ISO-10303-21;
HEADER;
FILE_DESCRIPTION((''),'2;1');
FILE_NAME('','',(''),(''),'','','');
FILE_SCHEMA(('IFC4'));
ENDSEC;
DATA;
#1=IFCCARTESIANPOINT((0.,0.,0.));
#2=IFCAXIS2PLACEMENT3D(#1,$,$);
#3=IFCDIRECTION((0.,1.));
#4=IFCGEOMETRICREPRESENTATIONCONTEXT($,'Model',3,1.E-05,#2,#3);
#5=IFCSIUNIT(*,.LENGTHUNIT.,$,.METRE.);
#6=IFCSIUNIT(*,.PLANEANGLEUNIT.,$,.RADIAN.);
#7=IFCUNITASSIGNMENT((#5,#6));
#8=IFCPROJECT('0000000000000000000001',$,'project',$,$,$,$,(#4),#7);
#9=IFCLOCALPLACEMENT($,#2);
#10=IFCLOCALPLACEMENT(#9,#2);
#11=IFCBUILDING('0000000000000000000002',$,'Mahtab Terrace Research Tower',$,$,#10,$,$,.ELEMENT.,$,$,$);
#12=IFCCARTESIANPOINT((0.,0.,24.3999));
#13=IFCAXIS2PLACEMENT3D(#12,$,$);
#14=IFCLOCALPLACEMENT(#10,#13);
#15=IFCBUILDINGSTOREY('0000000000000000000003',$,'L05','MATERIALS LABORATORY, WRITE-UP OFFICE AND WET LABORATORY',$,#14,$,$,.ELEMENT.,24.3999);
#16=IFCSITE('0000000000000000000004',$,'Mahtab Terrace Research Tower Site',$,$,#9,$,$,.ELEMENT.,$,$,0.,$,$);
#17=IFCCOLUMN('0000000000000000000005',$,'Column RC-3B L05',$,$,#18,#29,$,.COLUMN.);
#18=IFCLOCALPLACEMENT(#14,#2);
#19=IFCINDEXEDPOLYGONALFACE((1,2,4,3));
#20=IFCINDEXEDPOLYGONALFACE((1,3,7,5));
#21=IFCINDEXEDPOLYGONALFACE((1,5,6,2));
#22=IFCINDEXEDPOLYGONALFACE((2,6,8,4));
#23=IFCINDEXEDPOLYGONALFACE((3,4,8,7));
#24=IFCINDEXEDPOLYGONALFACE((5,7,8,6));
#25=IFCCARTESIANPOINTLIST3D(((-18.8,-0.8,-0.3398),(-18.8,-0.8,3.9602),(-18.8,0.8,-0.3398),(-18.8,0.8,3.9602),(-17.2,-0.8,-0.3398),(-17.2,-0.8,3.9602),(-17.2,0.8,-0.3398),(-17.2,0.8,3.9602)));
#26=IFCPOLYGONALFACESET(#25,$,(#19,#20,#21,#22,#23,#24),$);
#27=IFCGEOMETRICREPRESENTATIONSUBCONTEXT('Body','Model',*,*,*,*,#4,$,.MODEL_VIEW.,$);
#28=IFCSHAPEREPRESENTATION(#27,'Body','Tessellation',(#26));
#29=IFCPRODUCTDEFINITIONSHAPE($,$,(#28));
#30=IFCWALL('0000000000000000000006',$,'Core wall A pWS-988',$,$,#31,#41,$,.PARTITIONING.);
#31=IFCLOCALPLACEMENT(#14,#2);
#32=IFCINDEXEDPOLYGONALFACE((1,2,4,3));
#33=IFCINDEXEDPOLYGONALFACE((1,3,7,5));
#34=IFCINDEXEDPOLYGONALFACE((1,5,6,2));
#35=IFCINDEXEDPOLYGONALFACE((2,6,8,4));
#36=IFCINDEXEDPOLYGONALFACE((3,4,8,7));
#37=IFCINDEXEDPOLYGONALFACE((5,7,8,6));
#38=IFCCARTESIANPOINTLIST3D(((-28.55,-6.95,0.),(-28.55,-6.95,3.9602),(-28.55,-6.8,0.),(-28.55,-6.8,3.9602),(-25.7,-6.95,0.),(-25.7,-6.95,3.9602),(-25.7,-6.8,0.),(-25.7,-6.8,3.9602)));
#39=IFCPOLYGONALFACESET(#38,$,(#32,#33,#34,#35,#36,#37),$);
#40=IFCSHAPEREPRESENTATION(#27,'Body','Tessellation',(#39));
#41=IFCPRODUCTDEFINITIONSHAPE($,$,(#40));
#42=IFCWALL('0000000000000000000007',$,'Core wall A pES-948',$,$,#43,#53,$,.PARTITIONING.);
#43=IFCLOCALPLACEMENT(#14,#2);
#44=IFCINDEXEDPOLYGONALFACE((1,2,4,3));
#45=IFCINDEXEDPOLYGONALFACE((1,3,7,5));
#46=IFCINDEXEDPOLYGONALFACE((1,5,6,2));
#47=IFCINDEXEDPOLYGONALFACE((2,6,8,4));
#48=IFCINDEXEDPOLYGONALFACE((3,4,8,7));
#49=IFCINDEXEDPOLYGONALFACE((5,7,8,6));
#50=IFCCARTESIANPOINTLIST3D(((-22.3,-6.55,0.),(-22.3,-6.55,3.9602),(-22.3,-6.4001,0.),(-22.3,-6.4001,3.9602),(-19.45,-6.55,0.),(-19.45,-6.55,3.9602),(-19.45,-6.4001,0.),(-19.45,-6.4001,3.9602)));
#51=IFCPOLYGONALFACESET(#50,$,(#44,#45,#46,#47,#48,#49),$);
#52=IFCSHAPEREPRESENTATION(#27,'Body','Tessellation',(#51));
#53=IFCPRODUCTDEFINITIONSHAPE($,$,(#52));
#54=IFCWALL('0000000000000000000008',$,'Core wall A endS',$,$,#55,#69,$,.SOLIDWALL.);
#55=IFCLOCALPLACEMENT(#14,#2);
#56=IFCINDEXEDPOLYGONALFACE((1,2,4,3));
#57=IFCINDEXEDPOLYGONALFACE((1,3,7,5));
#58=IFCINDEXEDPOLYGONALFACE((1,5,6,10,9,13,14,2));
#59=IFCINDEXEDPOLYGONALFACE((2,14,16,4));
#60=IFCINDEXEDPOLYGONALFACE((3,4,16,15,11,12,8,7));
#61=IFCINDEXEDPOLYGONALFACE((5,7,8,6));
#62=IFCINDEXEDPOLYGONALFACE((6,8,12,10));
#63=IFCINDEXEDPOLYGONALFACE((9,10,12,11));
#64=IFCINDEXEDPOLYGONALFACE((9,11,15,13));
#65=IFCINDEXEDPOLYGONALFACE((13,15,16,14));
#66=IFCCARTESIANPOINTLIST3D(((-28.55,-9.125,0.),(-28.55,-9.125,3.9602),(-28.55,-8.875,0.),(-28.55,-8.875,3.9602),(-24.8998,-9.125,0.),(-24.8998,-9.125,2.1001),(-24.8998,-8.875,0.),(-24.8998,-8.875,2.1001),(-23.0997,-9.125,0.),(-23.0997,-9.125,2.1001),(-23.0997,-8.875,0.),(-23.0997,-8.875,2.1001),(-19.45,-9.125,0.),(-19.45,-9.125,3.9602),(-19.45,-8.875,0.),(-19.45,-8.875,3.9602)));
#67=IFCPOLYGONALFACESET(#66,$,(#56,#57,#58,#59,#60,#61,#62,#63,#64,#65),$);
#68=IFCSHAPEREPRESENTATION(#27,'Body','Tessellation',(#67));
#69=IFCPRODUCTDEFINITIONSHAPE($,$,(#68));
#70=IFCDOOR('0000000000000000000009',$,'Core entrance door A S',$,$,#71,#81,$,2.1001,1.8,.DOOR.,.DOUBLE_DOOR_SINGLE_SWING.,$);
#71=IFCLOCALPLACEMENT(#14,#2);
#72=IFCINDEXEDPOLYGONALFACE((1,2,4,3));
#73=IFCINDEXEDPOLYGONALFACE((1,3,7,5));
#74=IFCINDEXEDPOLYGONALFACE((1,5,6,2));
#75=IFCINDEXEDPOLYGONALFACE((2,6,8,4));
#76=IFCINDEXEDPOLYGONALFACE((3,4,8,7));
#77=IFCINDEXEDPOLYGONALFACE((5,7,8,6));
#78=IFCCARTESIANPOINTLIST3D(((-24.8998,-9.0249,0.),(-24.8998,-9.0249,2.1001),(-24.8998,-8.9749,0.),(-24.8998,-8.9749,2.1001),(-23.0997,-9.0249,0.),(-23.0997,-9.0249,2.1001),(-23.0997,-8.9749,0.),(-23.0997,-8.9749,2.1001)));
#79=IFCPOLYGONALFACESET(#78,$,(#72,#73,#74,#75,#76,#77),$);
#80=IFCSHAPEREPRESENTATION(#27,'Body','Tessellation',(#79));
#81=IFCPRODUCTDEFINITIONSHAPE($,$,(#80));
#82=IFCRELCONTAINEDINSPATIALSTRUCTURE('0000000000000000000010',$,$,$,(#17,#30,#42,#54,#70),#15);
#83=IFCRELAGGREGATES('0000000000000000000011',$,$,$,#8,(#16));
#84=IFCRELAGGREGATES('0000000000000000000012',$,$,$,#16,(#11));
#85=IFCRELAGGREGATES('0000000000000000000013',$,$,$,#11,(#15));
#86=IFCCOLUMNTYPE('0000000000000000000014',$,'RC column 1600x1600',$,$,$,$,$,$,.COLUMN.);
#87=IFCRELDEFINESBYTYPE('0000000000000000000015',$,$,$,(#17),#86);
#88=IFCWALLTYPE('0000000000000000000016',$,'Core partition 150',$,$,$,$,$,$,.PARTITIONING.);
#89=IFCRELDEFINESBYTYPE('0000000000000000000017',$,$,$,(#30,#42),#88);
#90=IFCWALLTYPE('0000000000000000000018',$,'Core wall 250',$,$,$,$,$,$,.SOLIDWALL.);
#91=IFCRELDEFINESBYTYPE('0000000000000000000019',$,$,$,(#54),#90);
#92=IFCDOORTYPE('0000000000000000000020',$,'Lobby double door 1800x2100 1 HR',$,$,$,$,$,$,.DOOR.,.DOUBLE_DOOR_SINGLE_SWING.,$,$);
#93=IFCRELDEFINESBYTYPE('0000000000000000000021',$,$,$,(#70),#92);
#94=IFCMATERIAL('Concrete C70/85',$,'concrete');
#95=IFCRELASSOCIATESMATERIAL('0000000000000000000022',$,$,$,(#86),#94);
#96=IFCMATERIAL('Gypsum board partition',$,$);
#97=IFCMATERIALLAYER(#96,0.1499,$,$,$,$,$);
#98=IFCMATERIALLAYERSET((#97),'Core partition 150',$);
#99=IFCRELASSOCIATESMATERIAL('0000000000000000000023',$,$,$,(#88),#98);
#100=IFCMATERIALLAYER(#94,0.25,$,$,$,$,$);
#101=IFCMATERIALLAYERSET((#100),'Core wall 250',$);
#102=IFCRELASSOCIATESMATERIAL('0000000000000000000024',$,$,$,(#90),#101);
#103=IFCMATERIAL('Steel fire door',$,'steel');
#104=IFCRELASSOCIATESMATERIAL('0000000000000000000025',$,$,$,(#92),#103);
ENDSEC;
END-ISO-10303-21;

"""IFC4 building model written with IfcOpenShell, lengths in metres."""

from ifc_helpers import new_model, si_unit, direction, frame, frame_2d, origin, origin_2d, place, context, subcontext, project, spatial, rectangle, extrude, material, layer, layer_set, material_profile, profile_set, type_object, element, fill, save


model = new_model("IFC4")

# Units and contexts
model_context = context("Model", 3, precision=1e-05, world=origin(), true_north=direction((0.0, 1.0)))
body_context = subcontext(model_context, "Body", "Model", "MODEL_VIEW")
ifc_project = project(units=[si_unit("LENGTHUNIT", "METRE"), si_unit("PLANEANGLEUNIT", "RADIAN")], contexts=[model_context])

# Site, building, storey
site_placement = place(None, origin())
site = spatial("IfcSite", under=ifc_project, at=site_placement, Name="Mahtab Terrace Research Tower Site", CompositionType="ELEMENT", RefElevation=0.0)
building_placement = place(site_placement, origin())
building = spatial("IfcBuilding", under=site, at=building_placement, Name="Mahtab Terrace Research Tower", CompositionType="ELEMENT")
storey_placement = place(building_placement, frame((0.0, 0.0, 24.3999)))
storey = spatial("IfcBuildingStorey", under=building, at=storey_placement, Name="L05", Description="MATERIALS LABORATORY, WRITE-UP OFFICE AND WET LABORATORY", CompositionType="ELEMENT", Elevation=24.3999)

# Column
ifc_material_1 = material(Name="Concrete C70/85", Category="concrete")
ifc_material_profile = material_profile(ifc_material_1, rectangle(XDim=1.6001, YDim=1.6001, at=origin_2d()), Name="RC column 1600x1600")
ifc_profile_set = profile_set([ifc_material_profile], Name="Concrete C70/85")
column_type = type_object("IfcColumnType", Name="RC column 1600x1600", PredefinedType="COLUMN", material=ifc_profile_set)
column_placement = place(storey_placement, frame((-18.0, 0.0, -0.3398), z_axis=(0.0, 0.0, 1.0), x_axis=(1.0, 0.0, 0.0)))
element("IfcColumn", 1, at=column_placement, inside=storey, type_object=column_type, Name="Column RC-3B L05", PredefinedType="COLUMN", context=body_context, shape_type="SweptSolid", body=[
    extrude(rectangle(XDim=1.6001, YDim=1.6001, at=origin_2d()), origin(), (0.0, 0.0, 1.0), 4.3),
])

# Walls
ifc_material_2 = material(Name="Gypsum board partition")
ifc_layer_1 = layer(ifc_material_2, 0.1499)
ifc_layer_set_1 = layer_set([ifc_layer_1], Name="Core partition 150")
wall_type_1 = type_object("IfcWallType", Name="Core partition 150", PredefinedType="PARTITIONING", material=ifc_layer_set_1)
for number, where, z_axis, x_axis, name in (
    (2, (-28.55, -6.875, 0.0), (0.0, 0.0, 1.0), (1.0, 0.0, 0.0), "Core wall A pWS-988"),
    (3, (-22.3, -6.4751, 0.0), (0.0, 0.0, 1.0), (1.0, 0.0, 0.0), "Core wall A pES-948"),
):
    element("IfcWall", number, at=place(storey_placement, frame(where, z_axis=z_axis, x_axis=x_axis)), inside=storey, type_object=wall_type_1, Name=name, PredefinedType="PARTITIONING", context=body_context, shape_type="SweptSolid", body=[
        extrude(rectangle(XDim=2.8501, YDim=0.1499, at=frame_2d((1.425, 0.0))), origin(), (0.0, 0.0, 1.0), 3.9602),
    ])

# Wall, opening, door
ifc_layer_2 = layer(ifc_material_1, 0.25)
ifc_layer_set_2 = layer_set([ifc_layer_2], Name="Core wall 250")
wall_type_2 = type_object("IfcWallType", Name="Core wall 250", PredefinedType="SOLIDWALL", material=ifc_layer_set_2)
wall_1_placement = place(storey_placement, frame((-19.45, -9.0, 0.0), z_axis=(0.0, 0.0, 1.0), x_axis=(-1.0, 0.0, 0.0)))
wall_1 = element("IfcWall", 4, at=wall_1_placement, inside=storey, type_object=wall_type_2, Name="Core wall A endS", PredefinedType="SOLIDWALL", context=body_context, shape_type="SweptSolid", body=[
    extrude(rectangle(XDim=9.1001, YDim=0.25, at=frame_2d((4.55, 0.0))), origin(), (0.0, 0.0, 1.0), 3.9602),
])
opening_1_placement = place(wall_1_placement, frame((3.6499, 0.0, 0.0)))
opening_1 = element("IfcOpeningElement", 5, at=opening_1_placement, cuts=wall_1, PredefinedType="OPENING", context=body_context, shape_type="SweptSolid", body=[
    extrude(rectangle(XDim=1.8, YDim=2.1001, at=frame_2d((0.8999, 1.05))), frame((0.0, 0.135, 0.0), z_axis=(0.0, -1.0, 0.0), x_axis=(1.0, 0.0, 0.0)), (0.0, 0.0, 1.0), 0.27),
])
ifc_material_3 = material(Name="Steel fire door", Category="steel")
door_type_1 = type_object("IfcDoorType", Name="Lobby double door 1800x2100 1 HR", OperationType="DOUBLE_DOOR_SINGLE_SWING", PredefinedType="DOOR", material=ifc_material_3)
door_1_placement = place(opening_1_placement, origin())
door_1 = element("IfcDoor", 6, at=door_1_placement, inside=storey, type_object=door_type_1, Name="Core entrance door A S", OperationType="DOUBLE_DOOR_SINGLE_SWING", OverallHeight=2.1001, OverallWidth=1.8, PredefinedType="DOOR", context=body_context, shape_type="SweptSolid", body=[
    extrude(rectangle(XDim=1.8, YDim=2.1001, at=frame_2d((0.8999, 1.05))), frame((0.0, 0.0249, 0.0), z_axis=(0.0, -1.0, 0.0), x_axis=(1.0, 0.0, 0.0)), (0.0, 0.0, 1.0), 0.05),
])
fill(opening_1, door_1)

save(model, "model.ifc")
